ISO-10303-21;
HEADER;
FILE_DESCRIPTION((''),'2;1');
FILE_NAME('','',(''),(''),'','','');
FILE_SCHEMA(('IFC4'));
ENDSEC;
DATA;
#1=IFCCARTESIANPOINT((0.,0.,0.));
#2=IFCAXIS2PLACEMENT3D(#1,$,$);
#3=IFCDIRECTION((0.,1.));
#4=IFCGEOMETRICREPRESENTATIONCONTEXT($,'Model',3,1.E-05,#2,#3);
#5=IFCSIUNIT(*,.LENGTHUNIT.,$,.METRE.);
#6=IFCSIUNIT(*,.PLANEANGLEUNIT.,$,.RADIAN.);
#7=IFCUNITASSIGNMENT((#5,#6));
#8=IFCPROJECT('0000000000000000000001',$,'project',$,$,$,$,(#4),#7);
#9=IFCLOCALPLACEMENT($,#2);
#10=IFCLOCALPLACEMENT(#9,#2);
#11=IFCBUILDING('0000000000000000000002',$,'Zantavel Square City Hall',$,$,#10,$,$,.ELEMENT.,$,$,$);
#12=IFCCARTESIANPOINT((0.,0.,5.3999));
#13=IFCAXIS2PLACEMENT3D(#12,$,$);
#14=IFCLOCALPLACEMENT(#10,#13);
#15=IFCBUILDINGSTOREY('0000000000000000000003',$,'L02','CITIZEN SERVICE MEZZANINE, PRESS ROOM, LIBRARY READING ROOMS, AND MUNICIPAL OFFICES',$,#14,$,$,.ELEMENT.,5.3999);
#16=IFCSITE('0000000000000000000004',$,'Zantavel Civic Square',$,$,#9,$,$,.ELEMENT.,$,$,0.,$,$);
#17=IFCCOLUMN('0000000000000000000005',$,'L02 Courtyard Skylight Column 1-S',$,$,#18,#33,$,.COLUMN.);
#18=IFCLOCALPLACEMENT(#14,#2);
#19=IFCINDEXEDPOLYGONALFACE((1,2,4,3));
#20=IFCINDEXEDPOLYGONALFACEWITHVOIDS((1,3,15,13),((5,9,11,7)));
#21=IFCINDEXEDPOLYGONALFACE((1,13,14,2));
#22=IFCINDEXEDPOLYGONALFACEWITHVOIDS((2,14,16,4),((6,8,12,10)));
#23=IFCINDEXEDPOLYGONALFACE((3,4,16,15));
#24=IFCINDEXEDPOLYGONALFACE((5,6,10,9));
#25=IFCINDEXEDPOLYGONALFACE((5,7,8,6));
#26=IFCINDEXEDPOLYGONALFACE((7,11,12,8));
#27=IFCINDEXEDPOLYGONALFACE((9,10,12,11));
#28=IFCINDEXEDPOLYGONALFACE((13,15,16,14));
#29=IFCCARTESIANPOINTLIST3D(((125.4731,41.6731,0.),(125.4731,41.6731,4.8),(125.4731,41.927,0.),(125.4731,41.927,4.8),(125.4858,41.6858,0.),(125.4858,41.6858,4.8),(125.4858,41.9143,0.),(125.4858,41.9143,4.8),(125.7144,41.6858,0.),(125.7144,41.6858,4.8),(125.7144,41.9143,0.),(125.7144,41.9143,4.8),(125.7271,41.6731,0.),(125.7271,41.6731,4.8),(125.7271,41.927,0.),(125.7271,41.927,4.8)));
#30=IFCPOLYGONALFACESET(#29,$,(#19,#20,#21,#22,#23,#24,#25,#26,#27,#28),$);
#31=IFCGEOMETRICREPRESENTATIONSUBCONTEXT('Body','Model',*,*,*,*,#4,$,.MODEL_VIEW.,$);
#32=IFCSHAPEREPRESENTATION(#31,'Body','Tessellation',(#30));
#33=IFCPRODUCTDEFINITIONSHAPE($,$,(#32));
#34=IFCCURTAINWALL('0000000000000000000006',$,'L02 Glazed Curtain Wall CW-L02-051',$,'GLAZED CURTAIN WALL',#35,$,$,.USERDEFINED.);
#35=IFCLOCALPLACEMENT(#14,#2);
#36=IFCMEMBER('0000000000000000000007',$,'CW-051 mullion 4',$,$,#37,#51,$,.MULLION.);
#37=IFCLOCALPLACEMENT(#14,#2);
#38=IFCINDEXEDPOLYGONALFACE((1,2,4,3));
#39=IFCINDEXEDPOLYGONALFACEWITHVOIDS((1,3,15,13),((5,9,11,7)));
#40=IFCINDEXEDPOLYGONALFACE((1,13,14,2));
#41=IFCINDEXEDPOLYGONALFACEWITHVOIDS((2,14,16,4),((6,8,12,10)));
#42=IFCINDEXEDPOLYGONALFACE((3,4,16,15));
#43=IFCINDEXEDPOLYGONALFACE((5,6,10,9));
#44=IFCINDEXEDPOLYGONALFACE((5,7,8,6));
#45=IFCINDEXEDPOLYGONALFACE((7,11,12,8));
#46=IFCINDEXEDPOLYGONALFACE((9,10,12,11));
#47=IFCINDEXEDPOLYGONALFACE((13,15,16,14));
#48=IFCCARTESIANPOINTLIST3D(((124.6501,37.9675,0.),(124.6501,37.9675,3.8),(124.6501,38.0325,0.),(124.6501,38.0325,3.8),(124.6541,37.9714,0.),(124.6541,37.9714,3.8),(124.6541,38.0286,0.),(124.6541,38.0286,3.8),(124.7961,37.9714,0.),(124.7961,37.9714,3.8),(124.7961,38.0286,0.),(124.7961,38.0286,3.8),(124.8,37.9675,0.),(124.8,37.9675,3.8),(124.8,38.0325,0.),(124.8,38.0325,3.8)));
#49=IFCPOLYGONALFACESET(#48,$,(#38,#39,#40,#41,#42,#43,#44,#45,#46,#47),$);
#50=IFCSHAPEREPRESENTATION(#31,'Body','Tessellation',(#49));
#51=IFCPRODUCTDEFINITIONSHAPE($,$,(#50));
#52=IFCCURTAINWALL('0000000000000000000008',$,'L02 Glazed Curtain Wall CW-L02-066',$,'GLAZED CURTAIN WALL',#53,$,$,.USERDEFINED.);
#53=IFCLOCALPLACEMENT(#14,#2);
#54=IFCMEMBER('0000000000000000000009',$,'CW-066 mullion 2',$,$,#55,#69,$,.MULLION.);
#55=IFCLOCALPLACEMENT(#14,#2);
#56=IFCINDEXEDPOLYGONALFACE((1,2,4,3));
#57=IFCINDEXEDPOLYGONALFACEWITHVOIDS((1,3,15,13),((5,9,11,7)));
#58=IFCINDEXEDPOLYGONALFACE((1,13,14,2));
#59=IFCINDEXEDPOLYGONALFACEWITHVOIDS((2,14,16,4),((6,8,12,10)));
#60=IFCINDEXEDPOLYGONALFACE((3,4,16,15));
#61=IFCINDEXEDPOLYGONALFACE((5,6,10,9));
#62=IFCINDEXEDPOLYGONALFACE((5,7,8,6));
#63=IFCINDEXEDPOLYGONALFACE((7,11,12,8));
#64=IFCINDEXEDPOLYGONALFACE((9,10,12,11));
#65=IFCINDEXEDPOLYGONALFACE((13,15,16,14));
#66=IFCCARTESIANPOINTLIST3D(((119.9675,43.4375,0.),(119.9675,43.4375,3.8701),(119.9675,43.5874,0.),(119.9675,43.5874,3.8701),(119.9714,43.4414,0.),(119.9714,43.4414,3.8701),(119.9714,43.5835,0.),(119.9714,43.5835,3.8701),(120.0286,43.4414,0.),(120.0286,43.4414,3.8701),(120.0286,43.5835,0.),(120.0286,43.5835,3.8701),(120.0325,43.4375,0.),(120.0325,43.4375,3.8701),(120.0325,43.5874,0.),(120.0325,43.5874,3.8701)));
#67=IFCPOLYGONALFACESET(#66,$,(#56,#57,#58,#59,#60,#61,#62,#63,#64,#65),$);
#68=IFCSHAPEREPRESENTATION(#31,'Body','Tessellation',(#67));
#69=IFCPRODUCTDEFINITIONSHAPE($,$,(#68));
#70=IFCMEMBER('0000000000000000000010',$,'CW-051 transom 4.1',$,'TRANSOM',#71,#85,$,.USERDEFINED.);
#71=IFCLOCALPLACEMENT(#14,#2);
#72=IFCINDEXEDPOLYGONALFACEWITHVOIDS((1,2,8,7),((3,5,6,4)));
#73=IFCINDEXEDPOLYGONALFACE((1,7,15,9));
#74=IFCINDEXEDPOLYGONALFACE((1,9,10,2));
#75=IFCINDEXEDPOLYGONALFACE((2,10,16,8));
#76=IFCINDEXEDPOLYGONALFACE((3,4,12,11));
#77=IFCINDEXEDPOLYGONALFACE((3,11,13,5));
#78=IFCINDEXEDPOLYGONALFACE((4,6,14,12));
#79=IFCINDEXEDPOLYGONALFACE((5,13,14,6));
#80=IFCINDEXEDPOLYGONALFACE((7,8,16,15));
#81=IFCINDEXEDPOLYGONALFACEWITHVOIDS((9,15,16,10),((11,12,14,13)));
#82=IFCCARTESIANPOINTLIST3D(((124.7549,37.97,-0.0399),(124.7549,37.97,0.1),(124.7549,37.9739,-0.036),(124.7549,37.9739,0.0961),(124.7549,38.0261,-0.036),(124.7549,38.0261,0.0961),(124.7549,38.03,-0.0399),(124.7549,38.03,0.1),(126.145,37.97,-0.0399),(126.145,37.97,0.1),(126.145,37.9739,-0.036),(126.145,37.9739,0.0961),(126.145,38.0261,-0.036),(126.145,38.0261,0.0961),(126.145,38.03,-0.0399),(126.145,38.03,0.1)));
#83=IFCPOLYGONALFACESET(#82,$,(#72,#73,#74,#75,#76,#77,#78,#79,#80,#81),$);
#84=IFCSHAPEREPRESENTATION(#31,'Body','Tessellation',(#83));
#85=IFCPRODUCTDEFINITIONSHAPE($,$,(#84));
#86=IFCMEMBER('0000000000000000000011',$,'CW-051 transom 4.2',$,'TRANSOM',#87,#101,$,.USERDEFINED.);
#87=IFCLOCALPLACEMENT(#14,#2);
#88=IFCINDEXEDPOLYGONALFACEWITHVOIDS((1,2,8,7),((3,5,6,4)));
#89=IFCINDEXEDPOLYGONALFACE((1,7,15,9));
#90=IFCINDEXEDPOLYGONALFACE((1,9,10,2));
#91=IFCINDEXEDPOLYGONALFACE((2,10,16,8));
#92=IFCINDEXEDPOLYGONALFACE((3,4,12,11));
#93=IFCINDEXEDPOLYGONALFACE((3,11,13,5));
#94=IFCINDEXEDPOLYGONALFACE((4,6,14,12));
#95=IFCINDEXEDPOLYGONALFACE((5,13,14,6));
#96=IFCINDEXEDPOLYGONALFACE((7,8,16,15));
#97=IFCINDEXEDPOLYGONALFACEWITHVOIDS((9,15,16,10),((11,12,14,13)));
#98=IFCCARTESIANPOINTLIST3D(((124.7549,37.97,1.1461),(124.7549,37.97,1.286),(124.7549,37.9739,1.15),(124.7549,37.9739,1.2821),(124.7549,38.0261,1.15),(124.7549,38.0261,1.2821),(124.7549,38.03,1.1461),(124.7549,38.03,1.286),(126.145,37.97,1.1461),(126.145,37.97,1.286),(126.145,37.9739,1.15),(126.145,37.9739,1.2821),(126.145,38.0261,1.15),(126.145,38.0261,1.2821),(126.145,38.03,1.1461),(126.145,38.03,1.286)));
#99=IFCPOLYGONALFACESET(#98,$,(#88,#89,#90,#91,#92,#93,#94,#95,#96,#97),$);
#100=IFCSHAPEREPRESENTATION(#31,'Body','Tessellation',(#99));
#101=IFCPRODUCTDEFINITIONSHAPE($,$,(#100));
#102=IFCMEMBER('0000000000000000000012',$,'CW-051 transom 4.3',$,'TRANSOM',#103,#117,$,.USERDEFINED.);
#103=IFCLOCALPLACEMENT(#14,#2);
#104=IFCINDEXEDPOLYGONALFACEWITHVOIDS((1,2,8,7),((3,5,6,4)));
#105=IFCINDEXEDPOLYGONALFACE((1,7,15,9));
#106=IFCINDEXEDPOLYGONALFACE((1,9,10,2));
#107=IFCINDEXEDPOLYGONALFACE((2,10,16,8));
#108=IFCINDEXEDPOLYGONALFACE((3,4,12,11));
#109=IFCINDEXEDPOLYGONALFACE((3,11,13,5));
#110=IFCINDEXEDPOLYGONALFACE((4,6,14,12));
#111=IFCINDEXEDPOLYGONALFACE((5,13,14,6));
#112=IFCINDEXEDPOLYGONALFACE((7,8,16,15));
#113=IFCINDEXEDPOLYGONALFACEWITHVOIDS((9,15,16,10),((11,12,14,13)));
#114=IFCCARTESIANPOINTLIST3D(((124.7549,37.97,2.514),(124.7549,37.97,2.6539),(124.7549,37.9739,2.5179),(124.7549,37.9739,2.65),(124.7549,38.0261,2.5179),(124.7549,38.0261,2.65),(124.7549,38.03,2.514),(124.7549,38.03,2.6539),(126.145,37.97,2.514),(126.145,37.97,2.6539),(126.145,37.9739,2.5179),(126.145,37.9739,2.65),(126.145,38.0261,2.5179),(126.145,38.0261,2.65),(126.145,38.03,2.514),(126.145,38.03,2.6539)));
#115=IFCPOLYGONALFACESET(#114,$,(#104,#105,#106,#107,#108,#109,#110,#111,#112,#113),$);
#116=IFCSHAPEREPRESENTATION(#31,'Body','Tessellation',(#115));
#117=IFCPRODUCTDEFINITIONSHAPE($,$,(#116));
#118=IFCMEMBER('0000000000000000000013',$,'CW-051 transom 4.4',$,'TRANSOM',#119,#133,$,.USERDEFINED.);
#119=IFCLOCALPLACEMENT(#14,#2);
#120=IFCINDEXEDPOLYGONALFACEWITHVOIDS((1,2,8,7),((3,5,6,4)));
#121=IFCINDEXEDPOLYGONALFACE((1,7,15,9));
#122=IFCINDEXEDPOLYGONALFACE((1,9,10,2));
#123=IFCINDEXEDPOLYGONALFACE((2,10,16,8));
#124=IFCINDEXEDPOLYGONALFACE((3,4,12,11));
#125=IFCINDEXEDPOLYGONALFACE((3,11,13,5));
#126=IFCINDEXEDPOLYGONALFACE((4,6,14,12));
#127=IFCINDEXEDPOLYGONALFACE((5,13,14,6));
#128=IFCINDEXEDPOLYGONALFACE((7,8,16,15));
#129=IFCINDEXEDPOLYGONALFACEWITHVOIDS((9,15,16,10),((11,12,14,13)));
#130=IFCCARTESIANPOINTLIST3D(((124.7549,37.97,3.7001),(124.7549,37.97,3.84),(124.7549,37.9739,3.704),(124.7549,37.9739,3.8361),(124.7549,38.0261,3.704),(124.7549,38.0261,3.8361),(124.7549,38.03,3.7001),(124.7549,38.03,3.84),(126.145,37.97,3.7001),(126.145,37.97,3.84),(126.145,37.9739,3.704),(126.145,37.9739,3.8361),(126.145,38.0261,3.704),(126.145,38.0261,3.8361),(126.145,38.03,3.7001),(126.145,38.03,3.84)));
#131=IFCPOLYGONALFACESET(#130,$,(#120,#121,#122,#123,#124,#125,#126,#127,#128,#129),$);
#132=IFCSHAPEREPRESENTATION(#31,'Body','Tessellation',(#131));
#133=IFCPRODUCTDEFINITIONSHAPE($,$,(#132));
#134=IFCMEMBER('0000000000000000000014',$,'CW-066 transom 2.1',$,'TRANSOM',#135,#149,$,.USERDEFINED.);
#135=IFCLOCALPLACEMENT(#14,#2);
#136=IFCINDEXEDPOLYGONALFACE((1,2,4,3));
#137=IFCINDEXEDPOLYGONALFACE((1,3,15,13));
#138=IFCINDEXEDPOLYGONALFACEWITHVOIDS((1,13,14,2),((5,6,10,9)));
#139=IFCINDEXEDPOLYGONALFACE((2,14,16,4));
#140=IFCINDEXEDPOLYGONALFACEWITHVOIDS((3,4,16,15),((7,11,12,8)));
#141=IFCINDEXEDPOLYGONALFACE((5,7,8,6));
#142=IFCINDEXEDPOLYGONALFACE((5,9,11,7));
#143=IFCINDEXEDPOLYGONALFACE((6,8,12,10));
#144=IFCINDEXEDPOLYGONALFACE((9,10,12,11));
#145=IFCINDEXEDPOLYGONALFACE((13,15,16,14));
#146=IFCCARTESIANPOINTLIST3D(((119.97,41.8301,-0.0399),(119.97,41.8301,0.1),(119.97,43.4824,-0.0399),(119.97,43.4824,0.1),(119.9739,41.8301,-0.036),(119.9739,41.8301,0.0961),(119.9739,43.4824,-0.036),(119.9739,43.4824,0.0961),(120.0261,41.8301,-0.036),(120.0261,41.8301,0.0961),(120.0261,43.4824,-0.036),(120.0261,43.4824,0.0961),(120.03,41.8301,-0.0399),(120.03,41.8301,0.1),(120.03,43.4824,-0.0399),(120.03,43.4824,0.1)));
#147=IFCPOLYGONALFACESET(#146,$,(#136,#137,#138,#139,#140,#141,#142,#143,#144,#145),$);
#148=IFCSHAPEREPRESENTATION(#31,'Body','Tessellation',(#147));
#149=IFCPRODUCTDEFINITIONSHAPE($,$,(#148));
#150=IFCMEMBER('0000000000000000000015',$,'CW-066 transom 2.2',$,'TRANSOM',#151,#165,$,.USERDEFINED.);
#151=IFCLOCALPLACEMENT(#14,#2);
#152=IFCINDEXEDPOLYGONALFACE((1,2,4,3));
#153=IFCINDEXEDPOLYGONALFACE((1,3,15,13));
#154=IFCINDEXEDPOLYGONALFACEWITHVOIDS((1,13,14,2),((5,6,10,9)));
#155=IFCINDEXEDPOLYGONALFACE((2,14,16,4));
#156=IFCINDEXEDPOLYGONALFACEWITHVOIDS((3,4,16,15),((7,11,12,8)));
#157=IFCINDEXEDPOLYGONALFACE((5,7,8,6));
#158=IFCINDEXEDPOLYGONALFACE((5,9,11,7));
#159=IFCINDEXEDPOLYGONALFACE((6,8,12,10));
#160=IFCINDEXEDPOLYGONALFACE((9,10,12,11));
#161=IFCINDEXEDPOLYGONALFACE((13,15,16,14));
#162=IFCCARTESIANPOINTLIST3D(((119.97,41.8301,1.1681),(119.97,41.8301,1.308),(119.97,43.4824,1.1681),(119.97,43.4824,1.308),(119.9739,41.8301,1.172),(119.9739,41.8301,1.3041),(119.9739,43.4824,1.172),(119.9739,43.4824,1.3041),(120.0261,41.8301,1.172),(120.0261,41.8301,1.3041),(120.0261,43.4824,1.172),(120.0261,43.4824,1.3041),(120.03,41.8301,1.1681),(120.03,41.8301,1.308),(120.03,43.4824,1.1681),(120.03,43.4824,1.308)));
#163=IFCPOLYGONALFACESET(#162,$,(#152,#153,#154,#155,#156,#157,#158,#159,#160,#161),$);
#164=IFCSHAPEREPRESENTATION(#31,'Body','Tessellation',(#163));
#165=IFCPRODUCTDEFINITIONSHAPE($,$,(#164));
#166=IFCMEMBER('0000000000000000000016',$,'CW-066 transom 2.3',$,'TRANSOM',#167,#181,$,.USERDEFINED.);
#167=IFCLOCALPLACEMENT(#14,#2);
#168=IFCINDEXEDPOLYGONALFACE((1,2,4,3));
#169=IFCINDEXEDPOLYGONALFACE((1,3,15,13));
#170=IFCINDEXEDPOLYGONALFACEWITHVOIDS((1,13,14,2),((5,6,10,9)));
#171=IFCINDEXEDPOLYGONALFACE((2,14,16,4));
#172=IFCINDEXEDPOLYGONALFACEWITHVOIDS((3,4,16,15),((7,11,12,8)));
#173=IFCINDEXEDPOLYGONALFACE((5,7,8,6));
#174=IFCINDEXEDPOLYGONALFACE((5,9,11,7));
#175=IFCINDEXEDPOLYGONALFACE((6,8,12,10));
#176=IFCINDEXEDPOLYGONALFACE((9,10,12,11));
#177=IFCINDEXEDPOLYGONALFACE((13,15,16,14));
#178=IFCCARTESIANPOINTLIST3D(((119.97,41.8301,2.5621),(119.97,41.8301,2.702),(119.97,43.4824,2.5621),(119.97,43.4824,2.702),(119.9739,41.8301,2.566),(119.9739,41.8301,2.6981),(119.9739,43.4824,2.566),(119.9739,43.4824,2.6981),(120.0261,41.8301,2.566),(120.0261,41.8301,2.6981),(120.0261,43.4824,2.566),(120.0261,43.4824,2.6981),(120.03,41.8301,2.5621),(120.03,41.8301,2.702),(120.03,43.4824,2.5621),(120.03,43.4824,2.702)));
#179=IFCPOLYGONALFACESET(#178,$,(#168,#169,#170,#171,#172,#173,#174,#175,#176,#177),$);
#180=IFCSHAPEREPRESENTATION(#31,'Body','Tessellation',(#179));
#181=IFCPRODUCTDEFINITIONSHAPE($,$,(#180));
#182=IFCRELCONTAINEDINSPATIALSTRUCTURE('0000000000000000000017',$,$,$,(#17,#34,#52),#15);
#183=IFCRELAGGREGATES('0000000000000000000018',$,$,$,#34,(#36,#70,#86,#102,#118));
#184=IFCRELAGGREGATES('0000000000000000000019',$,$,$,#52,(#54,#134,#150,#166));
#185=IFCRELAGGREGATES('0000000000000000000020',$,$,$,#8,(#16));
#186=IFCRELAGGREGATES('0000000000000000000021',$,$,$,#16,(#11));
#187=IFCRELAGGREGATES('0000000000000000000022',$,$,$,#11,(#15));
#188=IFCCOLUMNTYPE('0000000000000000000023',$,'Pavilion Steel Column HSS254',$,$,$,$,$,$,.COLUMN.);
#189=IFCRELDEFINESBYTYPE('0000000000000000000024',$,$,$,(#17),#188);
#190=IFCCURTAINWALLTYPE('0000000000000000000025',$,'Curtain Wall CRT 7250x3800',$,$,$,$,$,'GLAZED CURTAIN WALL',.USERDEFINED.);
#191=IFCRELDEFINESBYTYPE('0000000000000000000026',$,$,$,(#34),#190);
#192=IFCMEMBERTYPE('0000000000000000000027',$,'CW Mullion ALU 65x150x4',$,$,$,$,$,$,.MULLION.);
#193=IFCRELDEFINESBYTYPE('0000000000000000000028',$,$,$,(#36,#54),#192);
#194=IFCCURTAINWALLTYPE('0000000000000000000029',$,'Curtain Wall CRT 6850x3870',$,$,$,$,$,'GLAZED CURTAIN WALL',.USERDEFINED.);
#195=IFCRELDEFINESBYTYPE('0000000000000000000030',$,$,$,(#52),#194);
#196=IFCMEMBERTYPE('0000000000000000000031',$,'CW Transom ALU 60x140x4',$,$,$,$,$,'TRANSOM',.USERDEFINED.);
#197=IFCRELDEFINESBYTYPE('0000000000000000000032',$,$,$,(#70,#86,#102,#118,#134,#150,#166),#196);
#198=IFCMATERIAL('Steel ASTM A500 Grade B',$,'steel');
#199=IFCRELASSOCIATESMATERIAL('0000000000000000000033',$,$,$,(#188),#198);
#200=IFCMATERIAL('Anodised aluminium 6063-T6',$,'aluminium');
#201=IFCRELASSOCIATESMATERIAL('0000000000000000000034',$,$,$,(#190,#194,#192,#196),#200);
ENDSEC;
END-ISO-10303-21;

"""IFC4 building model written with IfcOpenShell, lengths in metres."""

from ifc_helpers import new_model, si_unit, direction, frame, origin, origin_2d, place, context, subcontext, project, spatial, hollow_rectangle, extrude, material, material_profile, profile_set, type_object, element, aggregate, save


model = new_model("IFC4")

# Units and contexts
model_context = context("Model", 3, precision=1e-05, world=origin(), true_north=direction((0.0, 1.0)))
body_context = subcontext(model_context, "Body", "Model", "MODEL_VIEW")
ifc_project = project(units=[si_unit("LENGTHUNIT", "METRE"), si_unit("PLANEANGLEUNIT", "RADIAN")], contexts=[model_context])

# Site, building, storey
site_placement = place(None, origin())
site = spatial("IfcSite", under=ifc_project, at=site_placement, Name="Zantavel Civic Square", CompositionType="ELEMENT", RefElevation=0.0)
building_placement = place(site_placement, origin())
building = spatial("IfcBuilding", under=site, at=building_placement, Name="Zantavel Square City Hall", CompositionType="ELEMENT")
storey_placement = place(building_placement, frame((0.0, 0.0, 5.3999)))
storey = spatial("IfcBuildingStorey", under=building, at=storey_placement, Name="L02", Description="CITIZEN SERVICE MEZZANINE, PRESS ROOM, LIBRARY READING ROOMS, AND MUNICIPAL OFFICES", CompositionType="ELEMENT", Elevation=5.3999)

# Column
ifc_material_1 = material(Name="Steel ASTM A500 Grade B", Category="steel")
ifc_material_profile_1 = material_profile(ifc_material_1, hollow_rectangle(XDim=0.2539, YDim=0.2539, WallThickness=0.0127, at=origin_2d()), Name="HSS 254x254x12.7")
ifc_profile_set_1 = profile_set([ifc_material_profile_1], Name="Steel ASTM A500 Grade B")
column_type = type_object("IfcColumnType", Name="Pavilion Steel Column HSS254", PredefinedType="COLUMN", material=ifc_profile_set_1)
column_placement = place(storey_placement, frame((125.6001, 41.8, 0.0), z_axis=(0.0, 0.0, 1.0), x_axis=(1.0, 0.0, 0.0)))
element("IfcColumn", 1, at=column_placement, inside=storey, type_object=column_type, Name="L02 Courtyard Skylight Column 1-S", PredefinedType="COLUMN", context=body_context, shape_type="SweptSolid", body=[
    extrude(hollow_rectangle(XDim=0.2539, YDim=0.2539, WallThickness=0.0127, at=origin_2d()), origin(), (0.0, 0.0, 1.0), 4.8),
])

# Curtain walls, members
ifc_material_2 = material(Name="Anodised aluminium 6063-T6", Category="aluminium")
curtain_wall_type_1 = type_object("IfcCurtainWallType", Name="Curtain Wall CRT 7250x3800", ElementType="GLAZED CURTAIN WALL", PredefinedType="USERDEFINED", material=ifc_material_2)
curtain_wall_1_placement = place(storey_placement, origin())
curtain_wall_1 = element("IfcCurtainWall", 2, at=curtain_wall_1_placement, inside=storey, type_object=curtain_wall_type_1, Name="L02 Glazed Curtain Wall CW-L02-051", ObjectType="GLAZED CURTAIN WALL", PredefinedType="USERDEFINED")
ifc_material_profile_2 = material_profile(ifc_material_2, hollow_rectangle(XDim=0.0649, YDim=0.1499, WallThickness=0.0039, at=origin_2d()), Name="ALU 65x150x4")
ifc_profile_set_2 = profile_set([ifc_material_profile_2], Name="Anodised aluminium 6063-T6")
member_type_1 = type_object("IfcMemberType", Name="CW Mullion ALU 65x150x4", PredefinedType="MULLION", material=ifc_profile_set_2)
member_1_placement = place(storey_placement, frame((124.7251, 38.0, 0.0), z_axis=(0.0, 0.0, 1.0), x_axis=(0.0, 1.0, 0.0)))
member_1 = element("IfcMember", 3, at=member_1_placement, type_object=member_type_1, Name="CW-051 mullion 4", PredefinedType="MULLION", context=body_context, shape_type="SweptSolid", body=[
    extrude(hollow_rectangle(XDim=0.0649, YDim=0.1499, WallThickness=0.0039, at=origin_2d()), origin(), (0.0, 0.0, 1.0), 3.8),
])
curtain_wall_type_2 = type_object("IfcCurtainWallType", Name="Curtain Wall CRT 6850x3870", ElementType="GLAZED CURTAIN WALL", PredefinedType="USERDEFINED", material=ifc_material_2)
curtain_wall_2_placement = place(storey_placement, origin())
curtain_wall_2 = element("IfcCurtainWall", 4, at=curtain_wall_2_placement, inside=storey, type_object=curtain_wall_type_2, Name="L02 Glazed Curtain Wall CW-L02-066", ObjectType="GLAZED CURTAIN WALL", PredefinedType="USERDEFINED")
member_2_placement = place(storey_placement, frame((120.0, 43.5125, 0.0), z_axis=(0.0, 0.0, 1.0), x_axis=(1.0, 0.0, 0.0)))
member_2 = element("IfcMember", 5, at=member_2_placement, type_object=member_type_1, Name="CW-066 mullion 2", PredefinedType="MULLION", context=body_context, shape_type="SweptSolid", body=[
    extrude(hollow_rectangle(XDim=0.0649, YDim=0.1499, WallThickness=0.0039, at=origin_2d()), origin(), (0.0, 0.0, 1.0), 3.8701),
])

# Members
ifc_material_profile_3 = material_profile(ifc_material_2, hollow_rectangle(XDim=0.0601, YDim=0.1399, WallThickness=0.0039, at=origin_2d()), Name="ALU 60x140x4")
ifc_profile_set_3 = profile_set([ifc_material_profile_3], Name="Anodised aluminium 6063-T6")
member_type_2 = type_object("IfcMemberType", Name="CW Transom ALU 60x140x4", ElementType="TRANSOM", PredefinedType="USERDEFINED", material=ifc_profile_set_3)
member_3_placement = place(storey_placement, frame((124.7549, 38.0, 0.03), z_axis=(1.0, 0.0, 0.0), x_axis=(0.0, 1.0, 0.0)))
member_3 = element("IfcMember", 6, at=member_3_placement, type_object=member_type_2, Name="CW-051 transom 4.1", ObjectType="TRANSOM", PredefinedType="USERDEFINED", context=body_context, shape_type="SweptSolid", body=[
    extrude(hollow_rectangle(XDim=0.0601, YDim=0.1399, WallThickness=0.0039, at=origin_2d()), origin(), (0.0, 0.0, 1.0), 1.3901),
])
member_4_placement = place(storey_placement, frame((124.7549, 38.0, 1.2161), z_axis=(1.0, 0.0, 0.0), x_axis=(0.0, 1.0, 0.0)))
member_4 = element("IfcMember", 7, at=member_4_placement, type_object=member_type_2, Name="CW-051 transom 4.2", ObjectType="TRANSOM", PredefinedType="USERDEFINED", context=body_context, shape_type="SweptSolid", body=[
    extrude(hollow_rectangle(XDim=0.0601, YDim=0.1399, WallThickness=0.0039, at=origin_2d()), origin(), (0.0, 0.0, 1.0), 1.3901),
])
member_5_placement = place(storey_placement, frame((124.7549, 38.0, 2.584), z_axis=(1.0, 0.0, 0.0), x_axis=(0.0, 1.0, 0.0)))
member_5 = element("IfcMember", 8, at=member_5_placement, type_object=member_type_2, Name="CW-051 transom 4.3", ObjectType="TRANSOM", PredefinedType="USERDEFINED", context=body_context, shape_type="SweptSolid", body=[
    extrude(hollow_rectangle(XDim=0.0601, YDim=0.1399, WallThickness=0.0039, at=origin_2d()), origin(), (0.0, 0.0, 1.0), 1.3901),
])
member_6_placement = place(storey_placement, frame((124.7549, 38.0, 3.77), z_axis=(1.0, 0.0, 0.0), x_axis=(0.0, 1.0, 0.0)))
member_6 = element("IfcMember", 9, at=member_6_placement, type_object=member_type_2, Name="CW-051 transom 4.4", ObjectType="TRANSOM", PredefinedType="USERDEFINED", context=body_context, shape_type="SweptSolid", body=[
    extrude(hollow_rectangle(XDim=0.0601, YDim=0.1399, WallThickness=0.0039, at=origin_2d()), origin(), (0.0, 0.0, 1.0), 1.3901),
])
member_7_placement = place(storey_placement, frame((120.0, 43.4824, 0.03), z_axis=(0.0, -1.0, 0.0), x_axis=(1.0, 0.0, 0.0)))
member_7 = element("IfcMember", 10, at=member_7_placement, type_object=member_type_2, Name="CW-066 transom 2.1", ObjectType="TRANSOM", PredefinedType="USERDEFINED", context=body_context, shape_type="SweptSolid", body=[
    extrude(hollow_rectangle(XDim=0.0601, YDim=0.1399, WallThickness=0.0039, at=origin_2d()), origin(), (0.0, 0.0, 1.0), 1.6523),
])
member_8_placement = place(storey_placement, frame((120.0, 43.4824, 1.238), z_axis=(0.0, -1.0, 0.0), x_axis=(1.0, 0.0, 0.0)))
member_8 = element("IfcMember", 11, at=member_8_placement, type_object=member_type_2, Name="CW-066 transom 2.2", ObjectType="TRANSOM", PredefinedType="USERDEFINED", context=body_context, shape_type="SweptSolid", body=[
    extrude(hollow_rectangle(XDim=0.0601, YDim=0.1399, WallThickness=0.0039, at=origin_2d()), origin(), (0.0, 0.0, 1.0), 1.6523),
])
member_9_placement = place(storey_placement, frame((120.0, 43.4824, 2.6321), z_axis=(0.0, -1.0, 0.0), x_axis=(1.0, 0.0, 0.0)))
member_9 = element("IfcMember", 12, at=member_9_placement, type_object=member_type_2, Name="CW-066 transom 2.3", ObjectType="TRANSOM", PredefinedType="USERDEFINED", context=body_context, shape_type="SweptSolid", body=[
    extrude(hollow_rectangle(XDim=0.0601, YDim=0.1399, WallThickness=0.0039, at=origin_2d()), origin(), (0.0, 0.0, 1.0), 1.6523),
])

aggregate(curtain_wall_1, [member_1, member_3, member_4, member_5, member_6])
aggregate(curtain_wall_2, [member_2, member_7, member_8, member_9])

save(model, "model.ifc")
